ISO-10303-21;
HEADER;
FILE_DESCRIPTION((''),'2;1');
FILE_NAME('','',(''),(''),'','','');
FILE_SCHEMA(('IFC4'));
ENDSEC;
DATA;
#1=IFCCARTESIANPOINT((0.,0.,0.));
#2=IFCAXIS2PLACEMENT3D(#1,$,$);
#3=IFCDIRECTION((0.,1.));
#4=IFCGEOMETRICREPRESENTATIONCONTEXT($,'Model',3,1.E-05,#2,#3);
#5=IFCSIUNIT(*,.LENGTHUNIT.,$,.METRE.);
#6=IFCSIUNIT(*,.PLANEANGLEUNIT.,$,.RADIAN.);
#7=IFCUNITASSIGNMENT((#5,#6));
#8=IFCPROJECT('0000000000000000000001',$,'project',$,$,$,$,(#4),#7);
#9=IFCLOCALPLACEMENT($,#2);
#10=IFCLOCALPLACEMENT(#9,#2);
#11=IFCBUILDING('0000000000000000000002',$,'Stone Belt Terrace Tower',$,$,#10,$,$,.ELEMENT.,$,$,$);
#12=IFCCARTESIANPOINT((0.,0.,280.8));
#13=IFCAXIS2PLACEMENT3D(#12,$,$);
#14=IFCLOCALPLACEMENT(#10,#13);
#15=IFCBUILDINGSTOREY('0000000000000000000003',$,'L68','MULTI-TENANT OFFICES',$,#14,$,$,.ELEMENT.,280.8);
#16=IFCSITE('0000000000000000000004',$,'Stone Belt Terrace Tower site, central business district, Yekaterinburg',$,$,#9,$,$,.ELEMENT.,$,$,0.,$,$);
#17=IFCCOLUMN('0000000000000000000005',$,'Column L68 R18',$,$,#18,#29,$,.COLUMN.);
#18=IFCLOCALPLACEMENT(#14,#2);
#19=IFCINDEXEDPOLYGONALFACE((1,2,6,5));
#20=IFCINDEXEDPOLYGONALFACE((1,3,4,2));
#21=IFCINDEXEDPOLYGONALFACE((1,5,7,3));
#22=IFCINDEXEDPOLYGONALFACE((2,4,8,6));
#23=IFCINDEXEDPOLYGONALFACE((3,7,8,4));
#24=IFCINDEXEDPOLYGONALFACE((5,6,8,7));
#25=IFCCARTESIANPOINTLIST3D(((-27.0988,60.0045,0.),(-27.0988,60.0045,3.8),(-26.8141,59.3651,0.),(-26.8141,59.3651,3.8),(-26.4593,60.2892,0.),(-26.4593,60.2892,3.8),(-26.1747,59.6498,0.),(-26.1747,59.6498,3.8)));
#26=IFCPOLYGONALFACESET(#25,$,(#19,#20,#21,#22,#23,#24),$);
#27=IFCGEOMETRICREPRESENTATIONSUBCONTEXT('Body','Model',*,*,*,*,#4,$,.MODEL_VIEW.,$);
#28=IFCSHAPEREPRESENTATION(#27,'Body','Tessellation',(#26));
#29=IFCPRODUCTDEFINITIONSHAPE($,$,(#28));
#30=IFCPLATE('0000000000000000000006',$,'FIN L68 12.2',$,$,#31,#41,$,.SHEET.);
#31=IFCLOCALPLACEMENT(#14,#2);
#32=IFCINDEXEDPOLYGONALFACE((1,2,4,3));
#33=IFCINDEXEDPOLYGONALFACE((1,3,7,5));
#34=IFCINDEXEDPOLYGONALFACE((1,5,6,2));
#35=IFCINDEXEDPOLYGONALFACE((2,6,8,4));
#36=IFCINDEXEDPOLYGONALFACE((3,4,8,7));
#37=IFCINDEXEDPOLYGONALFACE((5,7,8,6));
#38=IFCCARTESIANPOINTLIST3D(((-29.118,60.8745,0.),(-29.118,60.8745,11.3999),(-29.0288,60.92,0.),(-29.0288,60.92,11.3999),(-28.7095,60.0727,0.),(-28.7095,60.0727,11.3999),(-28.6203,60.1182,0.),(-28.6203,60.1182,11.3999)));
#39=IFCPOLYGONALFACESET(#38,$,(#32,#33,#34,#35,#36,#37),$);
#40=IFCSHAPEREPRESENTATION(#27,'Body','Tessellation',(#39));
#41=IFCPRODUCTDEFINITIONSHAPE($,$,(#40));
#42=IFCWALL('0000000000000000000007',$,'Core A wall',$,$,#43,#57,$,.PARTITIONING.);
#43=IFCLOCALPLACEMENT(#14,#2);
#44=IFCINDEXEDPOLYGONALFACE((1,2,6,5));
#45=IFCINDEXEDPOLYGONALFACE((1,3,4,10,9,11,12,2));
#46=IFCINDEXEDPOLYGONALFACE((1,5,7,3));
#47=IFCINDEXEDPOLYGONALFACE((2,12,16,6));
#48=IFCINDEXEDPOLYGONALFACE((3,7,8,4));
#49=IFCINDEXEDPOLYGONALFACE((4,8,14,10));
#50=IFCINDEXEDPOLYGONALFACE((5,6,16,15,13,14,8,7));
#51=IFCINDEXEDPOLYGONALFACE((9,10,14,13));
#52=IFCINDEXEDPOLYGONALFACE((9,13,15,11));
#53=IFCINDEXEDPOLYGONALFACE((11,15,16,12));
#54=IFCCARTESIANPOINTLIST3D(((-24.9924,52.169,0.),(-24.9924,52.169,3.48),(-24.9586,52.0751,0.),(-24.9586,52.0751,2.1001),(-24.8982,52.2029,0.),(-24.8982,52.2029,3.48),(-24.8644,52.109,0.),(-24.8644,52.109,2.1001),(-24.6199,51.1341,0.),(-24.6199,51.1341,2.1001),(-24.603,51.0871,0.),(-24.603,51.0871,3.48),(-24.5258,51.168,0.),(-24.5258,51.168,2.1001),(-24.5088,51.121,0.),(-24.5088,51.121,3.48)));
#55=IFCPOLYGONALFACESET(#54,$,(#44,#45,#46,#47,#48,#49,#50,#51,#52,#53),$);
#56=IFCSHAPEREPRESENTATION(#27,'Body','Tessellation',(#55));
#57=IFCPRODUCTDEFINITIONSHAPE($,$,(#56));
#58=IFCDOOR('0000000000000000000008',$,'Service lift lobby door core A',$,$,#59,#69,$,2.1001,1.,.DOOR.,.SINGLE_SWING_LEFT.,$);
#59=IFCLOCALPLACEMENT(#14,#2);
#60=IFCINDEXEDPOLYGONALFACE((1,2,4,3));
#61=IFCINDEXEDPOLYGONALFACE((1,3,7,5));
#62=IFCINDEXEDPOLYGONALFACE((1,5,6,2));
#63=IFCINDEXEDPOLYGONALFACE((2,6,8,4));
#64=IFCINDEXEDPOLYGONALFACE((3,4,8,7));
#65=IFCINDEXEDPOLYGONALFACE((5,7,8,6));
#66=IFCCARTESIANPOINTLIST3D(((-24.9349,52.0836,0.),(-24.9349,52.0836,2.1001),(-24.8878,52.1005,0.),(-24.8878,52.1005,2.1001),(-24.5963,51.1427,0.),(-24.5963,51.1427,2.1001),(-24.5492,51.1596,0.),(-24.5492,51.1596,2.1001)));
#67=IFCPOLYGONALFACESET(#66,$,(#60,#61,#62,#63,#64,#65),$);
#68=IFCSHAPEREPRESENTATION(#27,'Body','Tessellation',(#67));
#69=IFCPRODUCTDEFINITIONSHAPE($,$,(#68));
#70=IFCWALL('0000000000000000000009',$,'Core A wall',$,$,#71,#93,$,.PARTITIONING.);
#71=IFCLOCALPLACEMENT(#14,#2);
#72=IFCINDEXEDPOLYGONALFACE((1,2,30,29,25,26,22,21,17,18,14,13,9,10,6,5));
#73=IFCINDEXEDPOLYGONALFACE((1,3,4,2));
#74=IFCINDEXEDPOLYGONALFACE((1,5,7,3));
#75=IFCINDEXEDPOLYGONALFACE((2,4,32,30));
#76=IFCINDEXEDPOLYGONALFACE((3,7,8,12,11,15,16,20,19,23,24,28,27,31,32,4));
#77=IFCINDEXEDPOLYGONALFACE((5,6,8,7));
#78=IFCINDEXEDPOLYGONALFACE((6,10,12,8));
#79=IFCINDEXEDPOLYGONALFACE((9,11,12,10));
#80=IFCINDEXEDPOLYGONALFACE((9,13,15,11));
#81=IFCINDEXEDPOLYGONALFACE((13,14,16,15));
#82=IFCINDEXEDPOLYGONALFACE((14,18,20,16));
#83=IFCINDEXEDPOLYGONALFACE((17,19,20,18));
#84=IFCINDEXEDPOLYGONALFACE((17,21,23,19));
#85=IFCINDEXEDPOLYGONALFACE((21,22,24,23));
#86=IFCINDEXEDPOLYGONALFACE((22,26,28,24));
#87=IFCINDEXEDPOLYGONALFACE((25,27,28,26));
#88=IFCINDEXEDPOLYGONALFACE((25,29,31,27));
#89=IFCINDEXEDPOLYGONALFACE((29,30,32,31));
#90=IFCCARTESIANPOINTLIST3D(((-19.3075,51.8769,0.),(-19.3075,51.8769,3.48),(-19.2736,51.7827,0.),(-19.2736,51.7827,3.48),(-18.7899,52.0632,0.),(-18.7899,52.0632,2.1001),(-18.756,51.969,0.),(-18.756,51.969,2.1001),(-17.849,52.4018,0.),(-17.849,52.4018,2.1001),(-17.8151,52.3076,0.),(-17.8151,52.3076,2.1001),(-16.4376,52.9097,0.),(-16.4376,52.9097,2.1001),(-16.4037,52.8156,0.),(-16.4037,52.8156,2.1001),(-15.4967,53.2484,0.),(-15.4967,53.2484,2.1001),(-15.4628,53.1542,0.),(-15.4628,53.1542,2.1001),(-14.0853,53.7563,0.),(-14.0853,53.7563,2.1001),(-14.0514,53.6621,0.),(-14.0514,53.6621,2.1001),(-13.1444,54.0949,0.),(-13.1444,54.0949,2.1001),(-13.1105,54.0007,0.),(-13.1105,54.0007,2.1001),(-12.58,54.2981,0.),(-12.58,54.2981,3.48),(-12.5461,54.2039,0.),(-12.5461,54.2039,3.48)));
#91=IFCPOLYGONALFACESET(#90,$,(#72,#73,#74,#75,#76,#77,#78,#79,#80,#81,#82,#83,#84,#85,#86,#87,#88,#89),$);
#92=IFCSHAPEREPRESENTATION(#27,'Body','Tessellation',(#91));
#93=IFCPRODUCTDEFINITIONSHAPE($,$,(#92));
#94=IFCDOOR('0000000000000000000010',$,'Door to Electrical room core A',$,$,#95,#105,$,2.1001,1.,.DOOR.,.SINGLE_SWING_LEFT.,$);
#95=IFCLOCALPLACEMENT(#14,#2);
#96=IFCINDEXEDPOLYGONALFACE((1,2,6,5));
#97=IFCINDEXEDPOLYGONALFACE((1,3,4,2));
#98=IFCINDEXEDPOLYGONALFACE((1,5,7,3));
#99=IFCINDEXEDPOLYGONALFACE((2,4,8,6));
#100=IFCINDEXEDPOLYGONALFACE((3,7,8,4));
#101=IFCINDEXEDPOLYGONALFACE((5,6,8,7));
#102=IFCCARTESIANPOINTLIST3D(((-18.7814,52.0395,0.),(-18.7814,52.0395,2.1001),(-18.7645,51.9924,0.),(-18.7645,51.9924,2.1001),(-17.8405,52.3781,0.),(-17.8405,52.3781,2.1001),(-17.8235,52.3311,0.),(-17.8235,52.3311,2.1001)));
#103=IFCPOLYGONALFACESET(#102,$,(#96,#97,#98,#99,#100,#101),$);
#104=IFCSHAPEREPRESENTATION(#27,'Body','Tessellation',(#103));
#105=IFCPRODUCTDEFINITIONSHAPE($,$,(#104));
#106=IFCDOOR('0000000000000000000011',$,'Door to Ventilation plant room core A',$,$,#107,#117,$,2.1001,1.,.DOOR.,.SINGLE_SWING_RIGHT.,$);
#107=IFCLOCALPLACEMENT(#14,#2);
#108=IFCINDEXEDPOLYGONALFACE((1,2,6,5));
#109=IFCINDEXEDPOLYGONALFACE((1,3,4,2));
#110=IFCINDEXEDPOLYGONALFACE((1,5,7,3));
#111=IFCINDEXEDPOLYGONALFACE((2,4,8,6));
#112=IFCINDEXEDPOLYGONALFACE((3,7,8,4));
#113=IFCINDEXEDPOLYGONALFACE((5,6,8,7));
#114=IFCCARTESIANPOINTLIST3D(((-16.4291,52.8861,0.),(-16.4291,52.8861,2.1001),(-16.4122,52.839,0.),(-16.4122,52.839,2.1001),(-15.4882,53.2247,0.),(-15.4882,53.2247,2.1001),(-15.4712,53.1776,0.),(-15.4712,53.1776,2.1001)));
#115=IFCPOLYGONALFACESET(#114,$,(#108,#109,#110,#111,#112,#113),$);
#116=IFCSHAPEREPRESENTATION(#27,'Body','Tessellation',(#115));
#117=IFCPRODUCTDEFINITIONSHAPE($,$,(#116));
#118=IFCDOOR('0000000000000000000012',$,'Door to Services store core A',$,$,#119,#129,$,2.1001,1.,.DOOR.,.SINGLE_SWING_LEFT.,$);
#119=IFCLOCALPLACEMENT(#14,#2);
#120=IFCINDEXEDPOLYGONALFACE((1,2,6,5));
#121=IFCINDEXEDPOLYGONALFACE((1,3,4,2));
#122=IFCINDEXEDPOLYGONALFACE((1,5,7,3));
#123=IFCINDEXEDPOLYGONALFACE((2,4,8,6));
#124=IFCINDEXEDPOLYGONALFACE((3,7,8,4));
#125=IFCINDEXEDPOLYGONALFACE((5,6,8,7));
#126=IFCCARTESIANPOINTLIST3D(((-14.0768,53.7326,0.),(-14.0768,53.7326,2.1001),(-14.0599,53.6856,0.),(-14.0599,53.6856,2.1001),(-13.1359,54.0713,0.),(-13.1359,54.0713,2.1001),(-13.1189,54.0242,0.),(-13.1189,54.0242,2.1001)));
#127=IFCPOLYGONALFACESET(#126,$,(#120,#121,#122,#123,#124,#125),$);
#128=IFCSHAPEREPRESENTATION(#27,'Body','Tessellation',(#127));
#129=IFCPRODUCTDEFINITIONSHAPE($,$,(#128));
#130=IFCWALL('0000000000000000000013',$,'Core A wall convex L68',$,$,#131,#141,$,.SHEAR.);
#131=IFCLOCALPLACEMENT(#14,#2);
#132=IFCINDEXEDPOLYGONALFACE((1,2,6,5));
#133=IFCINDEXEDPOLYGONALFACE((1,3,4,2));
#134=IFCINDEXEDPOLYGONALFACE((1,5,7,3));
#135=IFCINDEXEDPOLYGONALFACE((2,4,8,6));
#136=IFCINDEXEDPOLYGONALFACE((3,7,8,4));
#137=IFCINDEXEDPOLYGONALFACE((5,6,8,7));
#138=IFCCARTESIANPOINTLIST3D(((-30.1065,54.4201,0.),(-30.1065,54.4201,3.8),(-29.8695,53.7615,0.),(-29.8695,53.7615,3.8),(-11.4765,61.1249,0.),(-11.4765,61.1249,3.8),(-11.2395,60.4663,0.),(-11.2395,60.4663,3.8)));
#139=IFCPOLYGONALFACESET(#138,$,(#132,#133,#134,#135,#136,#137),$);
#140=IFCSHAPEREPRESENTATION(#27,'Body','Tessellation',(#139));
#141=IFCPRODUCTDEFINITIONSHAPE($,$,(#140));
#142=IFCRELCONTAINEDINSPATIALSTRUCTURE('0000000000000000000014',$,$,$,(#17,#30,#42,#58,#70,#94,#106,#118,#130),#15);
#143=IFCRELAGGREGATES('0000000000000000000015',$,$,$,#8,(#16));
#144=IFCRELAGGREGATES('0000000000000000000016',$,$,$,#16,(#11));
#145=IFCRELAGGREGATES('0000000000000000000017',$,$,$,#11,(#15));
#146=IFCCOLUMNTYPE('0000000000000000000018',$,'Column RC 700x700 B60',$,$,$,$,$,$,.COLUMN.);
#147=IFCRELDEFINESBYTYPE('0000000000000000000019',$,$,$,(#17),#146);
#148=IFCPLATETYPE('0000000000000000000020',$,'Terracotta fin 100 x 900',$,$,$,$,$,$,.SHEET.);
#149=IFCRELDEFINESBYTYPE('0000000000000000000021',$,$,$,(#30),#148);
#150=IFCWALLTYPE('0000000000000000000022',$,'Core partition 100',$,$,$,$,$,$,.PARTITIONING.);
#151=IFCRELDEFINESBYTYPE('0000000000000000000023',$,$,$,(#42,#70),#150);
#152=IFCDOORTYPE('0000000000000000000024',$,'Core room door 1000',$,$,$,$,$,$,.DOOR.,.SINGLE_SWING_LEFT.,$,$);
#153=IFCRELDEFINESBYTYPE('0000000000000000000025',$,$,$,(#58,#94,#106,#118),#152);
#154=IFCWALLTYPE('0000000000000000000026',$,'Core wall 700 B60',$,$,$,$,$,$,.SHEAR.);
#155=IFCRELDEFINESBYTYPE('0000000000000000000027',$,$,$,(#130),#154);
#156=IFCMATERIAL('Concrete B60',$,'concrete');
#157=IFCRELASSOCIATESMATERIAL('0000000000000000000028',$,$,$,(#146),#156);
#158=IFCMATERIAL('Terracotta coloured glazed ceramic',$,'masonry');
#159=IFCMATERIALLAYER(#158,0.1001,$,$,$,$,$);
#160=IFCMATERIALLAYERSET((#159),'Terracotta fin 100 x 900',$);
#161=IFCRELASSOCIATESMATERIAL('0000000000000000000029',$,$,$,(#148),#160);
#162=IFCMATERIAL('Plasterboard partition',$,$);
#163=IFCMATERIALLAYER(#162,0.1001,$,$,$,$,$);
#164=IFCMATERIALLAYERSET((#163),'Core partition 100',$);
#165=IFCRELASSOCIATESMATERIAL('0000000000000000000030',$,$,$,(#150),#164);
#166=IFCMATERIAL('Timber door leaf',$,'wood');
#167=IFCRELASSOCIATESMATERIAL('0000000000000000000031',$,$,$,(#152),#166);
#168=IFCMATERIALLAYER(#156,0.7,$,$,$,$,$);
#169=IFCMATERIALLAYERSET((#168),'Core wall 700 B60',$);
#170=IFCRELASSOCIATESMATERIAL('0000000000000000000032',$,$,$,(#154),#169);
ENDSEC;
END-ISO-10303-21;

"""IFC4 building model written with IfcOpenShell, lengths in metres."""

from ifc_helpers import new_model, si_unit, direction, frame, frame_2d, origin, origin_2d, place, context, subcontext, project, spatial, rectangle, extrude, material, layer, layer_set, material_profile, profile_set, type_object, element, fill, save


model = new_model("IFC4")

# Units and contexts
model_context = context("Model", 3, precision=1e-05, world=origin(), true_north=direction((0.0, 1.0)))
body_context = subcontext(model_context, "Body", "Model", "MODEL_VIEW")
ifc_project = project(units=[si_unit("LENGTHUNIT", "METRE"), si_unit("PLANEANGLEUNIT", "RADIAN")], contexts=[model_context])

# Site, building, storey
site_placement = place(None, origin())
site = spatial("IfcSite", under=ifc_project, at=site_placement, Name="Stone Belt Terrace Tower site, central business district, Yekaterinburg", CompositionType="ELEMENT", RefElevation=0.0)
building_placement = place(site_placement, origin())
building = spatial("IfcBuilding", under=site, at=building_placement, Name="Stone Belt Terrace Tower", CompositionType="ELEMENT")
storey_placement = place(building_placement, frame((0.0, 0.0, 280.8)))
storey = spatial("IfcBuildingStorey", under=building, at=storey_placement, Name="L68", Description="MULTI-TENANT OFFICES", CompositionType="ELEMENT", Elevation=280.8)

# Column
ifc_material_1 = material(Name="Concrete B60", Category="concrete")
ifc_material_profile = material_profile(ifc_material_1, rectangle(XDim=0.7, YDim=0.7, at=origin_2d()), Name="RC 700x700")
ifc_profile_set = profile_set([ifc_material_profile], Name="Concrete B60")
column_type = type_object("IfcColumnType", Name="Column RC 700x700 B60", PredefinedType="COLUMN", material=ifc_profile_set)
column_placement = place(storey_placement, frame((-26.6367, 59.8271, 0.0), z_axis=(0.0, 0.0, 1.0), x_axis=(0.913545, 0.406737, 0.0)))
element("IfcColumn", 1, at=column_placement, inside=storey, type_object=column_type, Name="Column L68 R18", PredefinedType="COLUMN", context=body_context, shape_type="SweptSolid", body=[
    extrude(rectangle(XDim=0.7, YDim=0.7, at=origin_2d()), origin(), (0.0, 0.0, 1.0), 3.8),
])

# Plate
ifc_material_2 = material(Name="Terracotta coloured glazed ceramic", Category="masonry")
ifc_layer_1 = layer(ifc_material_2, 0.1001)
ifc_layer_set_1 = layer_set([ifc_layer_1], Name="Terracotta fin 100 x 900")
plate_type = type_object("IfcPlateType", Name="Terracotta fin 100 x 900", PredefinedType="SHEET", material=ifc_layer_set_1)
plate_placement = place(storey_placement, frame((-28.8691, 60.4963, 0.0), z_axis=(0.0, 0.0, 1.0), x_axis=(-0.45399, 0.891007, 0.0)))
element("IfcPlate", 2, at=plate_placement, inside=storey, type_object=plate_type, Name="FIN L68 12.2", PredefinedType="SHEET", context=body_context, shape_type="SweptSolid", body=[
    extrude(rectangle(XDim=0.8999, YDim=0.1001, at=origin_2d()), origin(), (0.0, 0.0, 1.0), 11.3999),
])

# Wall, opening, door
ifc_material_3 = material(Name="Plasterboard partition")
ifc_layer_2 = layer(ifc_material_3, 0.1001)
ifc_layer_set_2 = layer_set([ifc_layer_2], Name="Core partition 100")
wall_type_1 = type_object("IfcWallType", Name="Core partition 100", PredefinedType="PARTITIONING", material=ifc_layer_set_2)
wall_1_placement = place(storey_placement, frame((-24.5559, 51.104, 0.0), z_axis=(0.0, 0.0, 1.0), x_axis=(-0.338622, 0.940923, 0.0)))
wall_1 = element("IfcWall", 3, at=wall_1_placement, inside=storey, type_object=wall_type_1, Name="Core A wall", PredefinedType="PARTITIONING", context=body_context, shape_type="SweptSolid", body=[
    extrude(rectangle(XDim=1.1499, YDim=0.1001, at=frame_2d((0.575, 0.0))), origin(), (0.0, 0.0, 1.0), 3.48),
])
opening_1_placement = place(wall_1_placement, frame((0.05, 0.0, 0.0)))
opening_1 = element("IfcOpeningElement", 4, at=opening_1_placement, cuts=wall_1, PredefinedType="OPENING", context=body_context, shape_type="SweptSolid", body=[
    extrude(rectangle(XDim=1.0, YDim=2.1001, at=frame_2d((0.5, 1.05))), frame((0.0, 0.0601, 0.0), z_axis=(0.0, -1.0, 0.0), x_axis=(1.0, 0.0, 0.0)), (0.0, 0.0, 1.0), 0.1201),
])
ifc_material_4 = material(Name="Timber door leaf", Category="wood")
door_type_1 = type_object("IfcDoorType", Name="Core room door 1000", OperationType="SINGLE_SWING_LEFT", PredefinedType="DOOR", material=ifc_material_4)
door_1_placement = place(opening_1_placement, origin())
door_1 = element("IfcDoor", 5, at=door_1_placement, inside=storey, type_object=door_type_1, Name="Service lift lobby door core A", OperationType="SINGLE_SWING_LEFT", OverallHeight=2.1001, OverallWidth=1.0, PredefinedType="DOOR", context=body_context, shape_type="SweptSolid", body=[
    extrude(rectangle(XDim=1.0, YDim=2.1001, at=frame_2d((0.5, 1.05))), frame((0.0, 0.0249, 0.0), z_axis=(0.0, -1.0, 0.0), x_axis=(1.0, 0.0, 0.0)), (0.0, 0.0, 1.0), 0.05),
])
fill(opening_1, door_1)

# Wall, openings, doors
wall_2_placement = place(storey_placement, frame((-19.2905, 51.8298, 0.0), z_axis=(0.0, 0.0, 1.0), x_axis=(0.940922, 0.338624, 0.0)))
wall_2 = element("IfcWall", 6, at=wall_2_placement, inside=storey, type_object=wall_type_1, Name="Core A wall", PredefinedType="PARTITIONING", context=body_context, shape_type="SweptSolid", body=[
    extrude(rectangle(XDim=7.1499, YDim=0.1001, at=frame_2d((3.575, 0.0))), origin(), (0.0, 0.0, 1.0), 3.48),
])
opening_2_placement = place(wall_2_placement, frame((0.55, 0.0, 0.0)))
opening_2 = element("IfcOpeningElement", 7, at=opening_2_placement, cuts=wall_2, PredefinedType="OPENING", context=body_context, shape_type="SweptSolid", body=[
    extrude(rectangle(XDim=1.0, YDim=2.1001, at=frame_2d((0.5, 1.05))), frame((0.0, 0.0601, 0.0), z_axis=(0.0, -1.0, 0.0), x_axis=(1.0, 0.0, 0.0)), (0.0, 0.0, 1.0), 0.1201),
])
opening_3_placement = place(wall_2_placement, frame((3.05, 0.0, 0.0)))
opening_3 = element("IfcOpeningElement", 8, at=opening_3_placement, cuts=wall_2, PredefinedType="OPENING", context=body_context, shape_type="SweptSolid", body=[
    extrude(rectangle(XDim=1.0, YDim=2.1001, at=frame_2d((0.5, 1.05))), frame((0.0, 0.0601, 0.0), z_axis=(0.0, -1.0, 0.0), x_axis=(1.0, 0.0, 0.0)), (0.0, 0.0, 1.0), 0.1201),
])
opening_4_placement = place(wall_2_placement, frame((5.55, 0.0, 0.0)))
opening_4 = element("IfcOpeningElement", 9, at=opening_4_placement, cuts=wall_2, PredefinedType="OPENING", context=body_context, shape_type="SweptSolid", body=[
    extrude(rectangle(XDim=1.0, YDim=2.1001, at=frame_2d((0.5, 1.05))), frame((0.0, 0.0601, 0.0), z_axis=(0.0, -1.0, 0.0), x_axis=(1.0, 0.0, 0.0)), (0.0, 0.0, 1.0), 0.1201),
])
door_2_placement = place(opening_2_placement, origin())
door_2 = element("IfcDoor", 10, at=door_2_placement, inside=storey, type_object=door_type_1, Name="Door to Electrical room core A", OperationType="SINGLE_SWING_LEFT", OverallHeight=2.1001, OverallWidth=1.0, PredefinedType="DOOR", context=body_context, shape_type="SweptSolid", body=[
    extrude(rectangle(XDim=1.0, YDim=2.1001, at=frame_2d((0.5, 1.05))), frame((0.0, 0.0249, 0.0), z_axis=(0.0, -1.0, 0.0), x_axis=(1.0, 0.0, 0.0)), (0.0, 0.0, 1.0), 0.05),
])
fill(opening_2, door_2)
door_3_placement = place(opening_3_placement, origin())
door_3 = element("IfcDoor", 11, at=door_3_placement, inside=storey, type_object=door_type_1, Name="Door to Ventilation plant room core A", OperationType="SINGLE_SWING_RIGHT", OverallHeight=2.1001, OverallWidth=1.0, PredefinedType="DOOR", context=body_context, shape_type="SweptSolid", body=[
    extrude(rectangle(XDim=1.0, YDim=2.1001, at=frame_2d((0.5, 1.05))), frame((0.0, 0.0249, 0.0), z_axis=(0.0, -1.0, 0.0), x_axis=(1.0, 0.0, 0.0)), (0.0, 0.0, 1.0), 0.05),
])
fill(opening_3, door_3)
door_4_placement = place(opening_4_placement, origin())
door_4 = element("IfcDoor", 12, at=door_4_placement, inside=storey, type_object=door_type_1, Name="Door to Services store core A", OperationType="SINGLE_SWING_LEFT", OverallHeight=2.1001, OverallWidth=1.0, PredefinedType="DOOR", context=body_context, shape_type="SweptSolid", body=[
    extrude(rectangle(XDim=1.0, YDim=2.1001, at=frame_2d((0.5, 1.05))), frame((0.0, 0.0249, 0.0), z_axis=(0.0, -1.0, 0.0), x_axis=(1.0, 0.0, 0.0)), (0.0, 0.0, 1.0), 0.05),
])
fill(opening_4, door_4)

# Wall
ifc_layer_3 = layer(ifc_material_1, 0.7)
ifc_layer_set_3 = layer_set([ifc_layer_3], Name="Core wall 700 B60")
wall_type_2 = type_object("IfcWallType", Name="Core wall 700 B60", PredefinedType="SHEAR", material=ifc_layer_set_3)
wall_3_placement = place(storey_placement, frame((-29.988, 54.0908, 0.0), z_axis=(0.0, 0.0, 1.0), x_axis=(0.94092, 0.33863, 0.0)))
element("IfcWall", 13, at=wall_3_placement, inside=storey, type_object=wall_type_2, Name="Core A wall convex L68", PredefinedType="SHEAR", context=body_context, shape_type="SweptSolid", body=[
    extrude(rectangle(XDim=19.7998, YDim=0.7, at=frame_2d((9.8999, 0.0))), origin(), (0.0, 0.0, 1.0), 3.8),
])

save(model, "model.ifc")
